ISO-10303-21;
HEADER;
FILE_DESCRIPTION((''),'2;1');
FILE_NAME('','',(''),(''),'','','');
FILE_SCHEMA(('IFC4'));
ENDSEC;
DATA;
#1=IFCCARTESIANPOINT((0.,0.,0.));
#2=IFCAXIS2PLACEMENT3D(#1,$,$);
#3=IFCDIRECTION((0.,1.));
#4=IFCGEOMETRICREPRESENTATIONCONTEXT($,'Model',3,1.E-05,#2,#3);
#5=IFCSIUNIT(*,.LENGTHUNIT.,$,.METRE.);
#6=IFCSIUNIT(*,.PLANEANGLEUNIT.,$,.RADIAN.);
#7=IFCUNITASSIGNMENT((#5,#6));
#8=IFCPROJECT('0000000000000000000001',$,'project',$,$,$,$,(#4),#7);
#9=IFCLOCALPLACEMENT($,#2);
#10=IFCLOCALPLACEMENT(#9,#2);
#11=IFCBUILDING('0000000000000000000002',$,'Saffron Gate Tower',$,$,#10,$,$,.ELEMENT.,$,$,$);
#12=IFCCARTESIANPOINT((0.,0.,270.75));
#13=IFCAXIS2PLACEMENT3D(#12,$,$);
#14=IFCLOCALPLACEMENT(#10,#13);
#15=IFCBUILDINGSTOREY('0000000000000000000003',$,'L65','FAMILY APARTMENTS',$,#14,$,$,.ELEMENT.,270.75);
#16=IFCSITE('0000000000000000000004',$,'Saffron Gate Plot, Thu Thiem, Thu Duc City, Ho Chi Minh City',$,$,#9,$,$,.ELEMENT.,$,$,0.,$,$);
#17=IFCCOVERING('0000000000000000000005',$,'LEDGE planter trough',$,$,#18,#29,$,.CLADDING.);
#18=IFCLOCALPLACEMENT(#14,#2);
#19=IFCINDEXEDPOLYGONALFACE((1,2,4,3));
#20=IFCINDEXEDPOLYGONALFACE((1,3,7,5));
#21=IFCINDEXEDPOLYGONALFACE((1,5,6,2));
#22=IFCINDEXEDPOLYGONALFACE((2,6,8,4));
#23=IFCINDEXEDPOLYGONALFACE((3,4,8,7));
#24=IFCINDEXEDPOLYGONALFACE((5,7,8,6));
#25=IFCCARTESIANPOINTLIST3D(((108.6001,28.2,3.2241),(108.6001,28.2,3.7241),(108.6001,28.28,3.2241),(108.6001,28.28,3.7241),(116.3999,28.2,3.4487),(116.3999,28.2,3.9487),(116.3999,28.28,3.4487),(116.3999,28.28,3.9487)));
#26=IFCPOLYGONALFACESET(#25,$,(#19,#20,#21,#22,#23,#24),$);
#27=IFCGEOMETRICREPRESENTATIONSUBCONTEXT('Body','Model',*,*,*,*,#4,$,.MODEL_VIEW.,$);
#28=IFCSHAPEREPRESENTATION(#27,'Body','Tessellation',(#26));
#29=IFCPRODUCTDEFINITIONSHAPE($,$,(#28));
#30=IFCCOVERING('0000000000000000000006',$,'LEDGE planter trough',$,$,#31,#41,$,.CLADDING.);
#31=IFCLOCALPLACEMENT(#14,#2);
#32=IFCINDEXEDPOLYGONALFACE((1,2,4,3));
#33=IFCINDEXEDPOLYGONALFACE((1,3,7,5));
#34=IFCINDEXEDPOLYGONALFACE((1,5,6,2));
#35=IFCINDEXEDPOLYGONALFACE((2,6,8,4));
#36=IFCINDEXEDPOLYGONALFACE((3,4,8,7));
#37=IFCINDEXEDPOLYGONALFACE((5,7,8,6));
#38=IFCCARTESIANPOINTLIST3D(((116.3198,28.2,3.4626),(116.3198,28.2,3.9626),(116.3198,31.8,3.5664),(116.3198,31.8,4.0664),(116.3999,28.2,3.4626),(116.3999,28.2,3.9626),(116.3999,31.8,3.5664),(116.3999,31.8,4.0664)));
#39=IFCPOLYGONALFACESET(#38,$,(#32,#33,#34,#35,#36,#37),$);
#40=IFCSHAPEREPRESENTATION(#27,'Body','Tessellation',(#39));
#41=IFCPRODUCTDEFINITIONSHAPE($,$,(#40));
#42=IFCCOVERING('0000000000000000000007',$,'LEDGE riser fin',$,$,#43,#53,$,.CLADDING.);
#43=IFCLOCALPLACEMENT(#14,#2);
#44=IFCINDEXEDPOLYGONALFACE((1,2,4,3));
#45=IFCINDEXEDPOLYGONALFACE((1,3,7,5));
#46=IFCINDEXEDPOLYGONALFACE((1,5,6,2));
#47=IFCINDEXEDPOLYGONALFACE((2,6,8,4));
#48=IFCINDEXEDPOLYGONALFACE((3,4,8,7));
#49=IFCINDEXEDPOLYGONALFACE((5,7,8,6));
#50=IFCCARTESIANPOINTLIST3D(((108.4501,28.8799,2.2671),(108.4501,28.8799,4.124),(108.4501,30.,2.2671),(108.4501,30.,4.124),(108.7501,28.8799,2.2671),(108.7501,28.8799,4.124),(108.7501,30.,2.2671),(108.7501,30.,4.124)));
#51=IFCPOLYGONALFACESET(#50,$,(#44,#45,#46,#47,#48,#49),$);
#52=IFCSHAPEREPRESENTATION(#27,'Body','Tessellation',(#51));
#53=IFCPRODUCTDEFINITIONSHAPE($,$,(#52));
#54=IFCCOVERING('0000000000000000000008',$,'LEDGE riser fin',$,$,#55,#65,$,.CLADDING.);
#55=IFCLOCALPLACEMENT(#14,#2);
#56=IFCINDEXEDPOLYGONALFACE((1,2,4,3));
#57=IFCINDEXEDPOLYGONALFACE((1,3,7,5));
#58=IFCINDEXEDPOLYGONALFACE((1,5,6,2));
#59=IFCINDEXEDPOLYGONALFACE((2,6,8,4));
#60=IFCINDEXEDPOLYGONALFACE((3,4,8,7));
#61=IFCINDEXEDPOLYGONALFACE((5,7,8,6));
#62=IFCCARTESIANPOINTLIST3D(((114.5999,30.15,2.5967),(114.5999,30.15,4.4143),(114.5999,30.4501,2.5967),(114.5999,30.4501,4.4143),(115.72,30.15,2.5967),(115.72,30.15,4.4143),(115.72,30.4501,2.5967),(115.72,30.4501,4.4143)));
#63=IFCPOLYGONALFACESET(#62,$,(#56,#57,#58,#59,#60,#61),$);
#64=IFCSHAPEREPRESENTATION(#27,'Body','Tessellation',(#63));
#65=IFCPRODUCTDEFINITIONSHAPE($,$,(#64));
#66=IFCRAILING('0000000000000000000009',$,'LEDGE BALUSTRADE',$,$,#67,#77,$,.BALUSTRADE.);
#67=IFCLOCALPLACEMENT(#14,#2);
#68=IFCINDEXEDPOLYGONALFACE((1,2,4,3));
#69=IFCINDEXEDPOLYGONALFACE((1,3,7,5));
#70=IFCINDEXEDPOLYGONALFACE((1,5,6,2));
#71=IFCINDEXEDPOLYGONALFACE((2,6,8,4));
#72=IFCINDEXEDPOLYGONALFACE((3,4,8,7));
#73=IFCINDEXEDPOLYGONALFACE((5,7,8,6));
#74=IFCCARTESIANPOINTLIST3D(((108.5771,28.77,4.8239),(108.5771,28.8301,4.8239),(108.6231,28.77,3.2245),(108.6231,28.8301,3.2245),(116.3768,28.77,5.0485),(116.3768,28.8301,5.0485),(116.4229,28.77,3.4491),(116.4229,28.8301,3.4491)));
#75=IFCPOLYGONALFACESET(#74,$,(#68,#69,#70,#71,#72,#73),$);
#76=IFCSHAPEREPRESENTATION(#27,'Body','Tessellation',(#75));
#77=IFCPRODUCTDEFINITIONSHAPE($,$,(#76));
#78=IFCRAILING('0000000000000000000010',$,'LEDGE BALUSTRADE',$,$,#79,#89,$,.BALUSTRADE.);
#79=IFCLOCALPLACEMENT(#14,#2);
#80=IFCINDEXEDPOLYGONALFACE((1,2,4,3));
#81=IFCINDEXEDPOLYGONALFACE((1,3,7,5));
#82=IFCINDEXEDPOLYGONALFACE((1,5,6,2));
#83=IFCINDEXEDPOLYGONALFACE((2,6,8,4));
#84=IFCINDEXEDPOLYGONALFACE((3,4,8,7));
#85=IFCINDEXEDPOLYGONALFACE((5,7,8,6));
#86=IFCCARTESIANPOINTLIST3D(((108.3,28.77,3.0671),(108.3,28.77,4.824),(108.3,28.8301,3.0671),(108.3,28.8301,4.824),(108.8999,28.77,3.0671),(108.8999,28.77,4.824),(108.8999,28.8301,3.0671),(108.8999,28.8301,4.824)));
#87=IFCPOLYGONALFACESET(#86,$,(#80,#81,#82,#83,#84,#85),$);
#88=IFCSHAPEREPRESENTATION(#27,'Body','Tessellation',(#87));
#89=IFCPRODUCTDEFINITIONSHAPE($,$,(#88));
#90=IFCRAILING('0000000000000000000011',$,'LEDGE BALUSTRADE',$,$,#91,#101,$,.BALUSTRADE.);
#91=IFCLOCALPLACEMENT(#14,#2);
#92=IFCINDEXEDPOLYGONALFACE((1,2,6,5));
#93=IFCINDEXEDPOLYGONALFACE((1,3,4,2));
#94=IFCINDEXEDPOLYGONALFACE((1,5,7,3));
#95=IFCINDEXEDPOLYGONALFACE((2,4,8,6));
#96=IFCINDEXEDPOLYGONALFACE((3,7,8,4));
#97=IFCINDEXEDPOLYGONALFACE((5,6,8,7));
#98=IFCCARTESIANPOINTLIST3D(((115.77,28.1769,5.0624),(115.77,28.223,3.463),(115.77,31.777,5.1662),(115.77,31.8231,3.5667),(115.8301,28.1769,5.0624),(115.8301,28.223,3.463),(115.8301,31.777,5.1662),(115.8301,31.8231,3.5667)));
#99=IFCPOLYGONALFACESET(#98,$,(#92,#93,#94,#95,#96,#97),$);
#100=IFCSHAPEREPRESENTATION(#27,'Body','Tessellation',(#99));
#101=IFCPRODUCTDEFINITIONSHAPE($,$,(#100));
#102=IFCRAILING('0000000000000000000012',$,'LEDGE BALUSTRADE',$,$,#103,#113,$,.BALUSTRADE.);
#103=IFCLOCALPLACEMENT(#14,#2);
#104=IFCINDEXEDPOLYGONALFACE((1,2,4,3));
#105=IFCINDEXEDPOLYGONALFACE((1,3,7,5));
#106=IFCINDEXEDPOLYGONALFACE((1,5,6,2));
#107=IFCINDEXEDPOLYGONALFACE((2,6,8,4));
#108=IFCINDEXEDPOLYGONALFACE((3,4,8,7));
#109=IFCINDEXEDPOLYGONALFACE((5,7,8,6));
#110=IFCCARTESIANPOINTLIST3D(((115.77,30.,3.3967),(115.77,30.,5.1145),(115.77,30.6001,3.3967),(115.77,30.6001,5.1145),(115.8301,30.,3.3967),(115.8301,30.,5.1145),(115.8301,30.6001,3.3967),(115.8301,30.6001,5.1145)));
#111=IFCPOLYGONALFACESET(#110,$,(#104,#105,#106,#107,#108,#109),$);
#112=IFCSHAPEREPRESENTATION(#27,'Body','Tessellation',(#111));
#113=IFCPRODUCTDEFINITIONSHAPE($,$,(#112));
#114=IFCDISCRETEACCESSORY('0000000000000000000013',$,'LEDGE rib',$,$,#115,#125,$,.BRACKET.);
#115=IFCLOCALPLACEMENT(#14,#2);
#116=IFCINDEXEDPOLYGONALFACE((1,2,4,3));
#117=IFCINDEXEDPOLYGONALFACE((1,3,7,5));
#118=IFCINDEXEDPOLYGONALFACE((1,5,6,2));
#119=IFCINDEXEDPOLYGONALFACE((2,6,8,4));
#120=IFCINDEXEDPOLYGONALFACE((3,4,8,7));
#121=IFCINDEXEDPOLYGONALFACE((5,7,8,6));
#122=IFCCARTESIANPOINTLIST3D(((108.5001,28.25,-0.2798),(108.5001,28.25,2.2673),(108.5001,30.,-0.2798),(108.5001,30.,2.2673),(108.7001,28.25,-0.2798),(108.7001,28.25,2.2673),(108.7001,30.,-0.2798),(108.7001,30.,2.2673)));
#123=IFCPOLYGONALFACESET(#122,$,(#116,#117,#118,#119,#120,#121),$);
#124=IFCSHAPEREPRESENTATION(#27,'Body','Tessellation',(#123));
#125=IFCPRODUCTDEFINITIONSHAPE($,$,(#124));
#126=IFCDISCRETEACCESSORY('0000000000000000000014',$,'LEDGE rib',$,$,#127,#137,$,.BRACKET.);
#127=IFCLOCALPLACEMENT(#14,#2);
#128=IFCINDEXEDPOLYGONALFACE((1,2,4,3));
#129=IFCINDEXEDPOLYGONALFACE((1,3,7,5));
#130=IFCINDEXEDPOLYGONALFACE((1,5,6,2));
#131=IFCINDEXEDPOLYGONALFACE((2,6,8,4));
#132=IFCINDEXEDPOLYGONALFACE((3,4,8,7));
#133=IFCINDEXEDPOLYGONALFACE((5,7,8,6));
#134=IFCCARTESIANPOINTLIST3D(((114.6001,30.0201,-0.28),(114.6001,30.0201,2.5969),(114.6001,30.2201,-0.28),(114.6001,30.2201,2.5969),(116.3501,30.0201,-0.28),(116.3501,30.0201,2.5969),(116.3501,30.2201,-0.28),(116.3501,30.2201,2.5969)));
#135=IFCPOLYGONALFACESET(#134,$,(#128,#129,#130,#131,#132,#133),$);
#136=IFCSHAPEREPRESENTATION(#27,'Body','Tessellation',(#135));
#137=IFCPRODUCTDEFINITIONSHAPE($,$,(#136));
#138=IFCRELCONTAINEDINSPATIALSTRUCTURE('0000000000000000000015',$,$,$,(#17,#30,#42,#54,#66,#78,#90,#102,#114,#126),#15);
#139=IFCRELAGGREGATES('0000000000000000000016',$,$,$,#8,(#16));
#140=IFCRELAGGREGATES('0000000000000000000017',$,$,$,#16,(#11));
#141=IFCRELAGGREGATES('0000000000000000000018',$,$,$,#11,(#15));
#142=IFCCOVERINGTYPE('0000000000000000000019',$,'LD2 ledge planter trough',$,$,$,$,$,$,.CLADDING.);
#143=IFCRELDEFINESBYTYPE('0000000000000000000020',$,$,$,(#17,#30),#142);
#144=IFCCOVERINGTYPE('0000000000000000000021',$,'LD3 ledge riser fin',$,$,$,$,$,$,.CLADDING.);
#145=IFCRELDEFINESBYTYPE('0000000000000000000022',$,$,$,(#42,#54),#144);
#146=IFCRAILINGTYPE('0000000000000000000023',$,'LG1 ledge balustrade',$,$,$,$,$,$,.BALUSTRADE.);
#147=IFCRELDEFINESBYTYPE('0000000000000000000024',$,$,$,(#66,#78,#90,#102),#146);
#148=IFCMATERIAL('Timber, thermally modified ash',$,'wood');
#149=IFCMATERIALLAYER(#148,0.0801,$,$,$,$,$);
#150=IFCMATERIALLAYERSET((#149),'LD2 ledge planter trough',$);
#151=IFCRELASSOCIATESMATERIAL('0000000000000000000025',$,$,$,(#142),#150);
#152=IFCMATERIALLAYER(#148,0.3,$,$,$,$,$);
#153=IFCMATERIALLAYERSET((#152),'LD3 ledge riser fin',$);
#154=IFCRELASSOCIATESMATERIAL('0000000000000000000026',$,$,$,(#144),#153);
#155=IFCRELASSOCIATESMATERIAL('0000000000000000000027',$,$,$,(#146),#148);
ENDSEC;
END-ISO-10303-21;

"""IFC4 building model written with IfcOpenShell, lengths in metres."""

from ifc_helpers import new_model, si_unit, direction, frame, origin, origin_2d, place, context, subcontext, project, spatial, polyline, rectangle, outline, extrude, material, layer, layer_set, type_object, element, save


model = new_model("IFC4")

# Units and contexts
model_context = context("Model", 3, precision=1e-05, world=origin(), true_north=direction((0.0, 1.0)))
body_context = subcontext(model_context, "Body", "Model", "MODEL_VIEW")
ifc_project = project(units=[si_unit("LENGTHUNIT", "METRE"), si_unit("PLANEANGLEUNIT", "RADIAN")], contexts=[model_context])

# Site, building, storey
site_placement = place(None, origin())
site = spatial("IfcSite", under=ifc_project, at=site_placement, Name="Saffron Gate Plot, Thu Thiem, Thu Duc City, Ho Chi Minh City", CompositionType="ELEMENT", RefElevation=0.0)
building_placement = place(site_placement, origin())
building = spatial("IfcBuilding", under=site, at=building_placement, Name="Saffron Gate Tower", CompositionType="ELEMENT")
storey_placement = place(building_placement, frame((0.0, 0.0, 270.75)))
storey = spatial("IfcBuildingStorey", under=building, at=storey_placement, Name="L65", Description="FAMILY APARTMENTS", CompositionType="ELEMENT", Elevation=270.75)

# Coverings
ifc_material_1 = material(Name="Timber, thermally modified ash", Category="wood")
ifc_layer_1 = layer(ifc_material_1, 0.0801)
ifc_layer_set_1 = layer_set([ifc_layer_1], Name="LD2 ledge planter trough")
covering_type_1 = type_object("IfcCoveringType", Name="LD2 ledge planter trough", PredefinedType="CLADDING", material=ifc_layer_set_1)
covering_1_placement = place(storey_placement, frame((108.6001, 28.2, 3.2241), z_axis=(0.0, -1.0, 0.0), x_axis=(0.999586, 0.0, 0.028785)))
element("IfcCovering", 1, at=covering_1_placement, inside=storey, type_object=covering_type_1, Name="LEDGE planter trough", PredefinedType="CLADDING", context=body_context, shape_type="SweptSolid", body=[
    extrude(outline(polyline([(0.0, 0.0), (7.803, 0.0), (7.8174, 0.4998), (0.0144, 0.4998), (0.0, 0.0)])), origin(), (0.0, 0.0, -1.0), 0.0801),
])
covering_2_placement = place(storey_placement, frame((116.3999, 28.2, 3.4626), z_axis=(1.0, 0.0, 0.0), x_axis=(0.0, 0.999585, 0.028809)))
element("IfcCovering", 2, at=covering_2_placement, inside=storey, type_object=covering_type_1, Name="LEDGE planter trough", PredefinedType="CLADDING", context=body_context, shape_type="SweptSolid", body=[
    extrude(outline(polyline([(0.0, 0.0), (3.6016, 0.0), (3.616, 0.4998), (0.0144, 0.4998), (0.0, 0.0)])), origin(), (0.0, 0.0, -1.0), 0.0801),
])
ifc_layer_2 = layer(ifc_material_1, 0.3)
ifc_layer_set_2 = layer_set([ifc_layer_2], Name="LD3 ledge riser fin")
covering_type_2 = type_object("IfcCoveringType", Name="LD3 ledge riser fin", PredefinedType="CLADDING", material=ifc_layer_set_2)
covering_3_placement = place(storey_placement, frame((108.6001, 29.4399, 2.2671), z_axis=(0.0, 0.0, 1.0), x_axis=(1.0, 0.0, 0.0)))
element("IfcCovering", 3, at=covering_3_placement, inside=storey, type_object=covering_type_2, Name="LEDGE riser fin", PredefinedType="CLADDING", context=body_context, shape_type="SweptSolid", body=[
    extrude(rectangle(XDim=0.3, YDim=1.1201, at=origin_2d()), origin(), (0.0, 0.0, 1.0), 1.8569),
])
covering_4_placement = place(storey_placement, frame((115.1599, 30.3, 2.5967), z_axis=(0.0, 0.0, 1.0), x_axis=(0.0, 1.0, 0.0)))
element("IfcCovering", 4, at=covering_4_placement, inside=storey, type_object=covering_type_2, Name="LEDGE riser fin", PredefinedType="CLADDING", context=body_context, shape_type="SweptSolid", body=[
    extrude(rectangle(XDim=0.3, YDim=1.1201, at=origin_2d()), origin(), (0.0, 0.0, 1.0), 1.8176),
])

# Railings
railing_type_1 = type_object("IfcRailingType", Name="LG1 ledge balustrade", PredefinedType="BALUSTRADE", material=ifc_material_1)
railing_1_placement = place(storey_placement, frame((108.6001, 28.8, 3.2241)))
element("IfcRailing", 5, at=railing_1_placement, inside=storey, type_object=railing_type_1, Name="LEDGE BALUSTRADE", PredefinedType="BALUSTRADE", context=body_context, shape_type="SweptSolid", body=[
    extrude(rectangle(XDim=0.0601, YDim=1.6001, at=origin_2d()), frame((0.0, 0.0, 0.8), z_axis=(0.999586, 0.0, 0.028785), x_axis=(0.0, 1.0, 0.0)), (0.0, 0.0, 1.0), 7.803),
])
railing_2_placement = place(storey_placement, frame((108.3, 28.8, 3.0671)))
element("IfcRailing", 6, at=railing_2_placement, inside=storey, type_object=railing_type_1, Name="LEDGE BALUSTRADE", PredefinedType="BALUSTRADE", context=body_context, shape_type="SweptSolid", body=[
    extrude(rectangle(XDim=0.0601, YDim=1.7568, at=origin_2d()), frame((0.0, 0.0, 0.8784), z_axis=(1.0, 0.0, 0.0), x_axis=(0.0, 1.0, 0.0)), (0.0, 0.0, 1.0), 0.5999),
])
railing_3_placement = place(storey_placement, frame((115.8, 28.2, 3.4626)))
element("IfcRailing", 7, at=railing_3_placement, inside=storey, type_object=railing_type_1, Name="LEDGE BALUSTRADE", PredefinedType="BALUSTRADE", context=body_context, shape_type="SweptSolid", body=[
    extrude(rectangle(XDim=0.0601, YDim=1.6001, at=origin_2d()), frame((0.0, 0.0, 0.8), z_axis=(0.0, 0.999585, 0.028809), x_axis=(-1.0, 0.0, 0.0)), (0.0, 0.0, 1.0), 3.6016),
])
railing_4_placement = place(storey_placement, frame((115.8, 30.0, 3.3967)))
element("IfcRailing", 8, at=railing_4_placement, inside=storey, type_object=railing_type_1, Name="LEDGE BALUSTRADE", PredefinedType="BALUSTRADE", context=body_context, shape_type="SweptSolid", body=[
    extrude(rectangle(XDim=0.0601, YDim=1.7178, at=origin_2d()), frame((0.0, 0.0, 0.8589), z_axis=(0.0, 1.0, 0.0), x_axis=(-1.0, 0.0, 0.0)), (0.0, 0.0, 1.0), 0.6001),
])

# Discrete accessories
discrete_accessory_1_placement = place(storey_placement, frame((108.6001, 29.125, -0.2798), z_axis=(0.0, 0.0, 1.0), x_axis=(1.0, 0.0, 0.0)))
element("IfcDiscreteAccessory", 9, at=discrete_accessory_1_placement, inside=storey, Name="LEDGE rib", PredefinedType="BRACKET", context=body_context, shape_type="SweptSolid", body=[
    extrude(rectangle(XDim=0.2, YDim=1.75, at=origin_2d()), origin(), (0.0, 0.0, 1.0), 2.5471),
])
discrete_accessory_2_placement = place(storey_placement, frame((115.4751, 30.1201, -0.28), z_axis=(0.0, 0.0, 1.0), x_axis=(0.0, 1.0, 0.0)))
element("IfcDiscreteAccessory", 10, at=discrete_accessory_2_placement, inside=storey, Name="LEDGE rib", PredefinedType="BRACKET", context=body_context, shape_type="SweptSolid", body=[
    extrude(rectangle(XDim=0.2, YDim=1.75, at=origin_2d()), origin(), (0.0, 0.0, 1.0), 2.877),
])

save(model, "model.ifc")
